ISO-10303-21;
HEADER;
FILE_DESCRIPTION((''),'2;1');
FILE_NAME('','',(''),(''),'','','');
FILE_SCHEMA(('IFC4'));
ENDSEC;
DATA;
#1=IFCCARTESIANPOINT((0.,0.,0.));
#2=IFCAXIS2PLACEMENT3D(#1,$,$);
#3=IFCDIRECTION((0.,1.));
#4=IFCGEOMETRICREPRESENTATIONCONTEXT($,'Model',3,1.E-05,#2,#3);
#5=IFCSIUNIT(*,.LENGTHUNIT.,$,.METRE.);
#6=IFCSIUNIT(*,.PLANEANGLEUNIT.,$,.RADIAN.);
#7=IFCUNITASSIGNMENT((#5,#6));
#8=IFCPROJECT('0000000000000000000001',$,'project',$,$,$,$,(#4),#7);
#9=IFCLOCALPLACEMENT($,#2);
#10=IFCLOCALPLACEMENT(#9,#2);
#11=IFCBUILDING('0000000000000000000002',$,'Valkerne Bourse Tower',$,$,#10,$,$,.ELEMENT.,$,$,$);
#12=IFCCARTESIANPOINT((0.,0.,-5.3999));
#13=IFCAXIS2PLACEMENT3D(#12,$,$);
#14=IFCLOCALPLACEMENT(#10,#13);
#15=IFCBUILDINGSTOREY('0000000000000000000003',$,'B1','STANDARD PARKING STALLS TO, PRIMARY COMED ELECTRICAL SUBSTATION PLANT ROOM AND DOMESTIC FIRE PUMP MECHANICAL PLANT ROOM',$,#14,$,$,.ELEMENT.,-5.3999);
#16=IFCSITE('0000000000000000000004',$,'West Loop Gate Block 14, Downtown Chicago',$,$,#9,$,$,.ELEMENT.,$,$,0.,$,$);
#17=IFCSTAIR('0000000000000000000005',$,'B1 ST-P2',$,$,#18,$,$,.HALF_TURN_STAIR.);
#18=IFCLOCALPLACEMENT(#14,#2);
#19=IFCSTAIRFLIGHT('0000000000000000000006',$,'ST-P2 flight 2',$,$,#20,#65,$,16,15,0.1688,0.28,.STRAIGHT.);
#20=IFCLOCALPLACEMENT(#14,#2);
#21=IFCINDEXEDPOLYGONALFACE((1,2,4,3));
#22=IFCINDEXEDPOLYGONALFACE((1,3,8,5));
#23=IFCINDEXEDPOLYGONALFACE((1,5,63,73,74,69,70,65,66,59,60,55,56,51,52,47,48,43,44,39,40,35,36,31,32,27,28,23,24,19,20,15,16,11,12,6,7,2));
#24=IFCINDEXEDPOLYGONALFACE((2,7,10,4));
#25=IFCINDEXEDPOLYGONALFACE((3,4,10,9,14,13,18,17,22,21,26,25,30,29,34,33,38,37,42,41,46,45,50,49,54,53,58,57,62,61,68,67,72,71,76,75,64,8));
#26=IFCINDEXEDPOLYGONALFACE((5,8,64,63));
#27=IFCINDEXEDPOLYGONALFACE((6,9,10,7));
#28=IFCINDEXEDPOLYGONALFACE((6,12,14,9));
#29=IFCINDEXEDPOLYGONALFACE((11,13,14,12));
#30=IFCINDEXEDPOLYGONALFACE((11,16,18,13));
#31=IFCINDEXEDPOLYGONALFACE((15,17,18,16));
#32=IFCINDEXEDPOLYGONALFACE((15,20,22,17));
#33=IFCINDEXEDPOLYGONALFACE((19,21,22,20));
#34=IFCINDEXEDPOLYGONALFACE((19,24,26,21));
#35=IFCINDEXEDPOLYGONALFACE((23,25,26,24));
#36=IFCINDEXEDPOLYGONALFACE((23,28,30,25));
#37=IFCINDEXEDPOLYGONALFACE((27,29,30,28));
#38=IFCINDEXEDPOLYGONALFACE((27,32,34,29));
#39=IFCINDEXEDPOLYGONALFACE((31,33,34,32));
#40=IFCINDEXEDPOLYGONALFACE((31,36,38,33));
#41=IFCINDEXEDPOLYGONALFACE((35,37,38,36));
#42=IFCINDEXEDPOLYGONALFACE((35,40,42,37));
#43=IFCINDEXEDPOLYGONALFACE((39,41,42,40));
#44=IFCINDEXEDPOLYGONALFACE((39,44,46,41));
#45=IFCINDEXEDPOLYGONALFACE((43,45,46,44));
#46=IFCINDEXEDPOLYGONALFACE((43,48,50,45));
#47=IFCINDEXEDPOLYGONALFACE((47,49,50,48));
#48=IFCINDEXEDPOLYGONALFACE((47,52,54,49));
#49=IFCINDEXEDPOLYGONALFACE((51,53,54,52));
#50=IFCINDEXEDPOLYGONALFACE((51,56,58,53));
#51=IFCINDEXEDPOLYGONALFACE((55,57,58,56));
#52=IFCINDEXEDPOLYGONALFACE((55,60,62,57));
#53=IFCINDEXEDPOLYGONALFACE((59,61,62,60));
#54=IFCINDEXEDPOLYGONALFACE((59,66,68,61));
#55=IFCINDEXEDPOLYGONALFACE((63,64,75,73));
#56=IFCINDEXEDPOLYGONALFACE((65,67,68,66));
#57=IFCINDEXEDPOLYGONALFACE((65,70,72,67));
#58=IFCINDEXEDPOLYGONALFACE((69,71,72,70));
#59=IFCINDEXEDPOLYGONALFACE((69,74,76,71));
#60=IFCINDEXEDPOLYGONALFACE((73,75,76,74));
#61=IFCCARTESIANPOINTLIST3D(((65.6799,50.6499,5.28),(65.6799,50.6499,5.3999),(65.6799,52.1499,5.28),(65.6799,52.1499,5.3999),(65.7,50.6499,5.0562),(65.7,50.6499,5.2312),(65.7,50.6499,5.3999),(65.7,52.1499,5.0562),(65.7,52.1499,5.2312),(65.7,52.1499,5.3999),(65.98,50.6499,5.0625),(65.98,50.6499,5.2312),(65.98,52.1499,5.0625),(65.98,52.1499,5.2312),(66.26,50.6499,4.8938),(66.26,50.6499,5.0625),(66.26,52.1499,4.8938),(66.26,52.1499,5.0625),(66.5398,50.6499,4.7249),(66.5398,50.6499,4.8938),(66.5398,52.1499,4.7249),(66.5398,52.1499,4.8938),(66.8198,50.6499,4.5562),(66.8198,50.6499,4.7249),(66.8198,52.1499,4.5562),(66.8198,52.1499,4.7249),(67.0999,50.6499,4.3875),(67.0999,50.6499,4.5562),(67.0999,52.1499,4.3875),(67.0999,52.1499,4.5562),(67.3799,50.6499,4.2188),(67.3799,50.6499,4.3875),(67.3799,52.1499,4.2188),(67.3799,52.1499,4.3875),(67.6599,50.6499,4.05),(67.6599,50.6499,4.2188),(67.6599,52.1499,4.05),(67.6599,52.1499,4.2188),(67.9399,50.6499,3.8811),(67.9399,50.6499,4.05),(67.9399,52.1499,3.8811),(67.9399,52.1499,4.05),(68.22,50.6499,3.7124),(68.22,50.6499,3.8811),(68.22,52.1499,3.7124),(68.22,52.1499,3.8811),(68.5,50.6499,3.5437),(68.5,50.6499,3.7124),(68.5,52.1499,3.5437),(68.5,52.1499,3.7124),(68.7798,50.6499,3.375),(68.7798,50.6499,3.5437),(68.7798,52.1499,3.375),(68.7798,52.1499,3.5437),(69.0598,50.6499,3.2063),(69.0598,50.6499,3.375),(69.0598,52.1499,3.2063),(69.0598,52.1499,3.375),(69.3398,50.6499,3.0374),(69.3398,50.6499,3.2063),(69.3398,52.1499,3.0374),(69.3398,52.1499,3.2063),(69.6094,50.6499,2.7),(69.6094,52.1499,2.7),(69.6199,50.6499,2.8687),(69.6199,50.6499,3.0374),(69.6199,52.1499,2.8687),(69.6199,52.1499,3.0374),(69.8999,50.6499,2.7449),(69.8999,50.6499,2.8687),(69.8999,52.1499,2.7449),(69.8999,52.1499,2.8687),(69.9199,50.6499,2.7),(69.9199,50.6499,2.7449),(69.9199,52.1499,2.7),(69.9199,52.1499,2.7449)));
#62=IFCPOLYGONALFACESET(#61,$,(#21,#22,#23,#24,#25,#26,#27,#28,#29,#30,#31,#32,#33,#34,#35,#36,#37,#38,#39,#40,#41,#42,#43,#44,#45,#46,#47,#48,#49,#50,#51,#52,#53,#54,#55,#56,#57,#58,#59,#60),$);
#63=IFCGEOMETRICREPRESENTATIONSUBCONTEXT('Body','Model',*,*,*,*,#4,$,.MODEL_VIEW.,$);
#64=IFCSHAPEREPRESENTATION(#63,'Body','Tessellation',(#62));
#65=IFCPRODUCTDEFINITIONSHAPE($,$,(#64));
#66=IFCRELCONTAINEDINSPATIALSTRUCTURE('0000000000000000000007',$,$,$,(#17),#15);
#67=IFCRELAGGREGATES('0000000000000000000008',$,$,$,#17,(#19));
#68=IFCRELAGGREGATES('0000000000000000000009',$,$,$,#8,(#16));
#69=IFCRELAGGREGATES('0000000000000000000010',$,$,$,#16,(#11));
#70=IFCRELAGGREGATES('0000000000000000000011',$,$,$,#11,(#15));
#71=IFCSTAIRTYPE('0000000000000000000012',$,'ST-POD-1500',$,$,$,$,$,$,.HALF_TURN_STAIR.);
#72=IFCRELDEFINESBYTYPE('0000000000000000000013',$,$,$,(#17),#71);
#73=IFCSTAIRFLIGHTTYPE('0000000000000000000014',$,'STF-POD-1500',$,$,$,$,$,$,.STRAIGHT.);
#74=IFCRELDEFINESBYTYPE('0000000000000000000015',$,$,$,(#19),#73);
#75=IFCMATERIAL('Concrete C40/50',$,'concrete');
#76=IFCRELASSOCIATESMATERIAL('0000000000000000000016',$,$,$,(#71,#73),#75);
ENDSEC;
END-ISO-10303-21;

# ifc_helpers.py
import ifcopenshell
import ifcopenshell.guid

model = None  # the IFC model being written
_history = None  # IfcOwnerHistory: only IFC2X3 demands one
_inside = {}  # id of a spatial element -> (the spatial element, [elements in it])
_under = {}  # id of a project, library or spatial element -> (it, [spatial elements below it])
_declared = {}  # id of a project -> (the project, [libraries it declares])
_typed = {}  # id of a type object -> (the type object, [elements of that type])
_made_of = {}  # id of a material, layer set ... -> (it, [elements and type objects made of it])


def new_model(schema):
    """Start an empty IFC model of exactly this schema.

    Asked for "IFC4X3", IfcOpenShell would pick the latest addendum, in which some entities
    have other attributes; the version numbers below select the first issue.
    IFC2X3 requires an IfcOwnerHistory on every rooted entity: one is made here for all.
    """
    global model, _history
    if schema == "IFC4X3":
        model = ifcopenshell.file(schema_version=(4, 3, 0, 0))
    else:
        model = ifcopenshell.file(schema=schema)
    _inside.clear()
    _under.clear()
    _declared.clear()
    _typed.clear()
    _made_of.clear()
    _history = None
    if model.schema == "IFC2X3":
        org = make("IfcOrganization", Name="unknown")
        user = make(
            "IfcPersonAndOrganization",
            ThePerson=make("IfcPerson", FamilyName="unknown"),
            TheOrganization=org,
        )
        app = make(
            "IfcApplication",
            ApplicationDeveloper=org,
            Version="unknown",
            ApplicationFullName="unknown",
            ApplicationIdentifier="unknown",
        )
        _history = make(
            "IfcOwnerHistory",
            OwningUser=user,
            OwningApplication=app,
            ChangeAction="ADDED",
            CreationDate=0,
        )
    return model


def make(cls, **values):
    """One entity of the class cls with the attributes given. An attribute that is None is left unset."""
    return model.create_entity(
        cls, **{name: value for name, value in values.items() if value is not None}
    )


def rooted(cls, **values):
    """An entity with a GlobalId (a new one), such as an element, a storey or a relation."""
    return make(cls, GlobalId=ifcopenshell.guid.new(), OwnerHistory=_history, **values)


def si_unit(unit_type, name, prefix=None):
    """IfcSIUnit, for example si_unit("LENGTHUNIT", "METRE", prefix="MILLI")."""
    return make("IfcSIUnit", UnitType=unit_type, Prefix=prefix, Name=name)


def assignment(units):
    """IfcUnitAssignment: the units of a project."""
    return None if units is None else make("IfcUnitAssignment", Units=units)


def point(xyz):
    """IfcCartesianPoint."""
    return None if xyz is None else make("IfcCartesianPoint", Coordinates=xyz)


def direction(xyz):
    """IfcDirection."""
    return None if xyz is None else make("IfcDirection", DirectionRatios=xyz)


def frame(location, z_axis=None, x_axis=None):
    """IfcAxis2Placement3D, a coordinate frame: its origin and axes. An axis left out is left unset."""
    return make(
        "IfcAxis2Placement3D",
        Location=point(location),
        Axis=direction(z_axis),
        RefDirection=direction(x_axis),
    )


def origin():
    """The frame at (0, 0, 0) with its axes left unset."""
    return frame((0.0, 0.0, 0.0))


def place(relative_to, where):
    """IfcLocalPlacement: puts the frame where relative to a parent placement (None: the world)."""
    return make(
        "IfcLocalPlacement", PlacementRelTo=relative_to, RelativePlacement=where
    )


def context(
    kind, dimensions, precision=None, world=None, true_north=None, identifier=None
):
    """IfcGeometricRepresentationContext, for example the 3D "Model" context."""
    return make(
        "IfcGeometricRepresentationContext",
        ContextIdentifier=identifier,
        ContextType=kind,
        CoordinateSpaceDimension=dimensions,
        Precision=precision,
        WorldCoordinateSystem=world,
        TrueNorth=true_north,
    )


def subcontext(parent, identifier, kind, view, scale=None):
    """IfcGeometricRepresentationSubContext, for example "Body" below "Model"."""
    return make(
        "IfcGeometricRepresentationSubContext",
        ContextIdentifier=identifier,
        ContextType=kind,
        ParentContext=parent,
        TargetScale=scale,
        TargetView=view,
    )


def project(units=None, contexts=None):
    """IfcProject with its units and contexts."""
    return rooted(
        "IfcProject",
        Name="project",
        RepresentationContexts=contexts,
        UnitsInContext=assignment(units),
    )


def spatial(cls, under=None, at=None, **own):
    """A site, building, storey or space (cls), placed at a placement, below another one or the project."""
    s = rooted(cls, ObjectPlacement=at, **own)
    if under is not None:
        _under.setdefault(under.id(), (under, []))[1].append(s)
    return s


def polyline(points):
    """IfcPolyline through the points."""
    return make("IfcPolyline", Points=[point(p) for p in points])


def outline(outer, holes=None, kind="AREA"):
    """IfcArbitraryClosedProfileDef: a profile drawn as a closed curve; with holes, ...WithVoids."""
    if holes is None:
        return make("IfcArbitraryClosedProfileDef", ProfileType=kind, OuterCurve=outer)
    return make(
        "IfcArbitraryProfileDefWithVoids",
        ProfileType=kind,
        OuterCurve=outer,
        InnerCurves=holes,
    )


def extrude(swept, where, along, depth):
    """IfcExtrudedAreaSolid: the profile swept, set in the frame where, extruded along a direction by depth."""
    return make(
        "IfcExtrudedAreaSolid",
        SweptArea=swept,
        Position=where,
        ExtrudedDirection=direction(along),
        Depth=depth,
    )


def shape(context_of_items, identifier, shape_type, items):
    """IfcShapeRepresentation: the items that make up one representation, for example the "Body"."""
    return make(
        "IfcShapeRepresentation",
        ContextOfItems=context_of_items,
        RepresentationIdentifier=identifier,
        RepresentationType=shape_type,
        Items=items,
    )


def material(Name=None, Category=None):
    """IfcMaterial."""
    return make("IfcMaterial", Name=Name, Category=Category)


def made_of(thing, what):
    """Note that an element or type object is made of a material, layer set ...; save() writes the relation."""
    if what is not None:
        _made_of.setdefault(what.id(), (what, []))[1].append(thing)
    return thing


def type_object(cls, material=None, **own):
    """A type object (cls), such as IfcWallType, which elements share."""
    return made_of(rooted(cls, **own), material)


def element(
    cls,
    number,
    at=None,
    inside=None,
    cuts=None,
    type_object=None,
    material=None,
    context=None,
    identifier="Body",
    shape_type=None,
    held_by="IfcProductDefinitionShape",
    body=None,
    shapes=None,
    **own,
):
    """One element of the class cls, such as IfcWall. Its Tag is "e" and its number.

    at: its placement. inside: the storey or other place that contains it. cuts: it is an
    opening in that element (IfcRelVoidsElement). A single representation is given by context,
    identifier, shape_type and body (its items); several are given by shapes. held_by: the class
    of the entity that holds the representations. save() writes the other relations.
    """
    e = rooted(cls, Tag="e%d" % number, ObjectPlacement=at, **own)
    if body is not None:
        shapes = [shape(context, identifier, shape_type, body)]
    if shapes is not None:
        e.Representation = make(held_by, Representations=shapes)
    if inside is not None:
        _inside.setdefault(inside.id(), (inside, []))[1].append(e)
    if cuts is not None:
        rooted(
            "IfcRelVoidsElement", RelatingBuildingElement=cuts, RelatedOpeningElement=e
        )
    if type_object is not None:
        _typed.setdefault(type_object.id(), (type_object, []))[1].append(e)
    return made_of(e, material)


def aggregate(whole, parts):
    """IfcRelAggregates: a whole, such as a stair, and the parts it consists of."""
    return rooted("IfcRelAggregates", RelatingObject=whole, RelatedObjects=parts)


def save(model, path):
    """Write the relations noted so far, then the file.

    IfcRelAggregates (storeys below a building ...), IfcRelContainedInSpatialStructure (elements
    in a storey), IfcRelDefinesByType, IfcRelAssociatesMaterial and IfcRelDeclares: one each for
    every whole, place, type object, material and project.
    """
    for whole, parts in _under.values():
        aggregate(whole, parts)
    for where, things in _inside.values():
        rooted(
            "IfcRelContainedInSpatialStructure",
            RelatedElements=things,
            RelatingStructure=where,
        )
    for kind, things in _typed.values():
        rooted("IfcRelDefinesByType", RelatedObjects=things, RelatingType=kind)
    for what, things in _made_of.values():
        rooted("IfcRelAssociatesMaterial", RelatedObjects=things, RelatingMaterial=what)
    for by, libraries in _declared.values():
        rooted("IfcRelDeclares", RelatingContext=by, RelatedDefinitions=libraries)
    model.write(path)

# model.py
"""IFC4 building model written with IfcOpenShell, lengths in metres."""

from ifc_helpers import new_model, si_unit, direction, frame, origin, place, context, subcontext, project, spatial, polyline, outline, extrude, material, type_object, element, aggregate, save


model = new_model("IFC4")

# Units and contexts
model_context = context("Model", 3, precision=1e-05, world=origin(), true_north=direction((0.0, 1.0)))
body_context = subcontext(model_context, "Body", "Model", "MODEL_VIEW")
ifc_project = project(units=[si_unit("LENGTHUNIT", "METRE"), si_unit("PLANEANGLEUNIT", "RADIAN")], contexts=[model_context])

# Site, building, storey
site_placement = place(None, origin())
site = spatial("IfcSite", under=ifc_project, at=site_placement, Name="West Loop Gate Block 14, Downtown Chicago", CompositionType="ELEMENT", RefElevation=0.0)
building_placement = place(site_placement, origin())
building = spatial("IfcBuilding", under=site, at=building_placement, Name="Valkerne Bourse Tower", CompositionType="ELEMENT")
storey_placement = place(building_placement, frame((0.0, 0.0, -5.3999)))
storey = spatial("IfcBuildingStorey", under=building, at=storey_placement, Name="B1", Description="STANDARD PARKING STALLS TO, PRIMARY COMED ELECTRICAL SUBSTATION PLANT ROOM AND DOMESTIC FIRE PUMP MECHANICAL PLANT ROOM", CompositionType="ELEMENT", Elevation=-5.3999)

# Shared definitions
ifc_material_1 = material(Name="Concrete C40/50", Category="concrete")

# Stair, stair flight
stair_type = type_object("IfcStairType", Name="ST-POD-1500", PredefinedType="HALF_TURN_STAIR", material=ifc_material_1)
stair_placement = place(storey_placement, origin())
stair = element("IfcStair", 1, at=stair_placement, inside=storey, type_object=stair_type, Name="B1 ST-P2", PredefinedType="HALF_TURN_STAIR")
stair_flight_type = type_object("IfcStairFlightType", Name="STF-POD-1500", PredefinedType="STRAIGHT", material=ifc_material_1)
stair_flight_1_placement = place(storey_placement, frame((69.8999, 51.3999, 2.7), z_axis=(0.0, 0.0, 1.0), x_axis=(-1.0, 0.0, 0.0)))
stair_flight_1 = element("IfcStairFlight", 2, at=stair_flight_1_placement, type_object=stair_flight_type, Name="ST-P2 flight 2", NumberOfRisers=16, NumberOfTreads=15, PredefinedType="STRAIGHT", RiserHeight=0.1688, TreadLength=0.28, context=body_context, shape_type="SweptSolid", body=[
    extrude(outline(polyline([(-0.02, 0.0), (-0.02, 0.0449), (0.0, 0.0449), (0.0, 0.1687), (0.28, 0.1687), (0.28, 0.3374), (0.5601, 0.3374), (0.5601, 0.5063), (0.8401, 0.5063), (0.8401, 0.675), (1.1201, 0.675), (1.1201, 0.8438), (1.3999, 0.8438), (1.3999, 1.0125), (1.6799, 1.0125), (1.6799, 1.1812), (1.96, 1.1812), (1.96, 1.3501), (2.24, 1.3501), (2.24, 1.5188), (2.52, 1.5188), (2.52, 1.6875), (2.8, 1.6875), (2.8, 1.8562), (3.0801, 1.8562), (3.0801, 2.0249), (3.3601, 2.0249), (3.3601, 2.1938), (3.6399, 2.1938), (3.6399, 2.3625), (3.9199, 2.3625), (3.9199, 2.5312), (4.2, 2.5312), (4.2, 2.7), (4.22, 2.7), (4.22, 2.5801), (4.2, 2.3562), (0.2905, 0.0), (-0.02, 0.0)])), frame((0.0, 0.75, 0.0), z_axis=(0.0, -1.0, 0.0), x_axis=(1.0, 0.0, 0.0)), (0.0, 0.0, 1.0), 1.5),
])
aggregate(stair, [stair_flight_1])

save(model, "model.ifc")
